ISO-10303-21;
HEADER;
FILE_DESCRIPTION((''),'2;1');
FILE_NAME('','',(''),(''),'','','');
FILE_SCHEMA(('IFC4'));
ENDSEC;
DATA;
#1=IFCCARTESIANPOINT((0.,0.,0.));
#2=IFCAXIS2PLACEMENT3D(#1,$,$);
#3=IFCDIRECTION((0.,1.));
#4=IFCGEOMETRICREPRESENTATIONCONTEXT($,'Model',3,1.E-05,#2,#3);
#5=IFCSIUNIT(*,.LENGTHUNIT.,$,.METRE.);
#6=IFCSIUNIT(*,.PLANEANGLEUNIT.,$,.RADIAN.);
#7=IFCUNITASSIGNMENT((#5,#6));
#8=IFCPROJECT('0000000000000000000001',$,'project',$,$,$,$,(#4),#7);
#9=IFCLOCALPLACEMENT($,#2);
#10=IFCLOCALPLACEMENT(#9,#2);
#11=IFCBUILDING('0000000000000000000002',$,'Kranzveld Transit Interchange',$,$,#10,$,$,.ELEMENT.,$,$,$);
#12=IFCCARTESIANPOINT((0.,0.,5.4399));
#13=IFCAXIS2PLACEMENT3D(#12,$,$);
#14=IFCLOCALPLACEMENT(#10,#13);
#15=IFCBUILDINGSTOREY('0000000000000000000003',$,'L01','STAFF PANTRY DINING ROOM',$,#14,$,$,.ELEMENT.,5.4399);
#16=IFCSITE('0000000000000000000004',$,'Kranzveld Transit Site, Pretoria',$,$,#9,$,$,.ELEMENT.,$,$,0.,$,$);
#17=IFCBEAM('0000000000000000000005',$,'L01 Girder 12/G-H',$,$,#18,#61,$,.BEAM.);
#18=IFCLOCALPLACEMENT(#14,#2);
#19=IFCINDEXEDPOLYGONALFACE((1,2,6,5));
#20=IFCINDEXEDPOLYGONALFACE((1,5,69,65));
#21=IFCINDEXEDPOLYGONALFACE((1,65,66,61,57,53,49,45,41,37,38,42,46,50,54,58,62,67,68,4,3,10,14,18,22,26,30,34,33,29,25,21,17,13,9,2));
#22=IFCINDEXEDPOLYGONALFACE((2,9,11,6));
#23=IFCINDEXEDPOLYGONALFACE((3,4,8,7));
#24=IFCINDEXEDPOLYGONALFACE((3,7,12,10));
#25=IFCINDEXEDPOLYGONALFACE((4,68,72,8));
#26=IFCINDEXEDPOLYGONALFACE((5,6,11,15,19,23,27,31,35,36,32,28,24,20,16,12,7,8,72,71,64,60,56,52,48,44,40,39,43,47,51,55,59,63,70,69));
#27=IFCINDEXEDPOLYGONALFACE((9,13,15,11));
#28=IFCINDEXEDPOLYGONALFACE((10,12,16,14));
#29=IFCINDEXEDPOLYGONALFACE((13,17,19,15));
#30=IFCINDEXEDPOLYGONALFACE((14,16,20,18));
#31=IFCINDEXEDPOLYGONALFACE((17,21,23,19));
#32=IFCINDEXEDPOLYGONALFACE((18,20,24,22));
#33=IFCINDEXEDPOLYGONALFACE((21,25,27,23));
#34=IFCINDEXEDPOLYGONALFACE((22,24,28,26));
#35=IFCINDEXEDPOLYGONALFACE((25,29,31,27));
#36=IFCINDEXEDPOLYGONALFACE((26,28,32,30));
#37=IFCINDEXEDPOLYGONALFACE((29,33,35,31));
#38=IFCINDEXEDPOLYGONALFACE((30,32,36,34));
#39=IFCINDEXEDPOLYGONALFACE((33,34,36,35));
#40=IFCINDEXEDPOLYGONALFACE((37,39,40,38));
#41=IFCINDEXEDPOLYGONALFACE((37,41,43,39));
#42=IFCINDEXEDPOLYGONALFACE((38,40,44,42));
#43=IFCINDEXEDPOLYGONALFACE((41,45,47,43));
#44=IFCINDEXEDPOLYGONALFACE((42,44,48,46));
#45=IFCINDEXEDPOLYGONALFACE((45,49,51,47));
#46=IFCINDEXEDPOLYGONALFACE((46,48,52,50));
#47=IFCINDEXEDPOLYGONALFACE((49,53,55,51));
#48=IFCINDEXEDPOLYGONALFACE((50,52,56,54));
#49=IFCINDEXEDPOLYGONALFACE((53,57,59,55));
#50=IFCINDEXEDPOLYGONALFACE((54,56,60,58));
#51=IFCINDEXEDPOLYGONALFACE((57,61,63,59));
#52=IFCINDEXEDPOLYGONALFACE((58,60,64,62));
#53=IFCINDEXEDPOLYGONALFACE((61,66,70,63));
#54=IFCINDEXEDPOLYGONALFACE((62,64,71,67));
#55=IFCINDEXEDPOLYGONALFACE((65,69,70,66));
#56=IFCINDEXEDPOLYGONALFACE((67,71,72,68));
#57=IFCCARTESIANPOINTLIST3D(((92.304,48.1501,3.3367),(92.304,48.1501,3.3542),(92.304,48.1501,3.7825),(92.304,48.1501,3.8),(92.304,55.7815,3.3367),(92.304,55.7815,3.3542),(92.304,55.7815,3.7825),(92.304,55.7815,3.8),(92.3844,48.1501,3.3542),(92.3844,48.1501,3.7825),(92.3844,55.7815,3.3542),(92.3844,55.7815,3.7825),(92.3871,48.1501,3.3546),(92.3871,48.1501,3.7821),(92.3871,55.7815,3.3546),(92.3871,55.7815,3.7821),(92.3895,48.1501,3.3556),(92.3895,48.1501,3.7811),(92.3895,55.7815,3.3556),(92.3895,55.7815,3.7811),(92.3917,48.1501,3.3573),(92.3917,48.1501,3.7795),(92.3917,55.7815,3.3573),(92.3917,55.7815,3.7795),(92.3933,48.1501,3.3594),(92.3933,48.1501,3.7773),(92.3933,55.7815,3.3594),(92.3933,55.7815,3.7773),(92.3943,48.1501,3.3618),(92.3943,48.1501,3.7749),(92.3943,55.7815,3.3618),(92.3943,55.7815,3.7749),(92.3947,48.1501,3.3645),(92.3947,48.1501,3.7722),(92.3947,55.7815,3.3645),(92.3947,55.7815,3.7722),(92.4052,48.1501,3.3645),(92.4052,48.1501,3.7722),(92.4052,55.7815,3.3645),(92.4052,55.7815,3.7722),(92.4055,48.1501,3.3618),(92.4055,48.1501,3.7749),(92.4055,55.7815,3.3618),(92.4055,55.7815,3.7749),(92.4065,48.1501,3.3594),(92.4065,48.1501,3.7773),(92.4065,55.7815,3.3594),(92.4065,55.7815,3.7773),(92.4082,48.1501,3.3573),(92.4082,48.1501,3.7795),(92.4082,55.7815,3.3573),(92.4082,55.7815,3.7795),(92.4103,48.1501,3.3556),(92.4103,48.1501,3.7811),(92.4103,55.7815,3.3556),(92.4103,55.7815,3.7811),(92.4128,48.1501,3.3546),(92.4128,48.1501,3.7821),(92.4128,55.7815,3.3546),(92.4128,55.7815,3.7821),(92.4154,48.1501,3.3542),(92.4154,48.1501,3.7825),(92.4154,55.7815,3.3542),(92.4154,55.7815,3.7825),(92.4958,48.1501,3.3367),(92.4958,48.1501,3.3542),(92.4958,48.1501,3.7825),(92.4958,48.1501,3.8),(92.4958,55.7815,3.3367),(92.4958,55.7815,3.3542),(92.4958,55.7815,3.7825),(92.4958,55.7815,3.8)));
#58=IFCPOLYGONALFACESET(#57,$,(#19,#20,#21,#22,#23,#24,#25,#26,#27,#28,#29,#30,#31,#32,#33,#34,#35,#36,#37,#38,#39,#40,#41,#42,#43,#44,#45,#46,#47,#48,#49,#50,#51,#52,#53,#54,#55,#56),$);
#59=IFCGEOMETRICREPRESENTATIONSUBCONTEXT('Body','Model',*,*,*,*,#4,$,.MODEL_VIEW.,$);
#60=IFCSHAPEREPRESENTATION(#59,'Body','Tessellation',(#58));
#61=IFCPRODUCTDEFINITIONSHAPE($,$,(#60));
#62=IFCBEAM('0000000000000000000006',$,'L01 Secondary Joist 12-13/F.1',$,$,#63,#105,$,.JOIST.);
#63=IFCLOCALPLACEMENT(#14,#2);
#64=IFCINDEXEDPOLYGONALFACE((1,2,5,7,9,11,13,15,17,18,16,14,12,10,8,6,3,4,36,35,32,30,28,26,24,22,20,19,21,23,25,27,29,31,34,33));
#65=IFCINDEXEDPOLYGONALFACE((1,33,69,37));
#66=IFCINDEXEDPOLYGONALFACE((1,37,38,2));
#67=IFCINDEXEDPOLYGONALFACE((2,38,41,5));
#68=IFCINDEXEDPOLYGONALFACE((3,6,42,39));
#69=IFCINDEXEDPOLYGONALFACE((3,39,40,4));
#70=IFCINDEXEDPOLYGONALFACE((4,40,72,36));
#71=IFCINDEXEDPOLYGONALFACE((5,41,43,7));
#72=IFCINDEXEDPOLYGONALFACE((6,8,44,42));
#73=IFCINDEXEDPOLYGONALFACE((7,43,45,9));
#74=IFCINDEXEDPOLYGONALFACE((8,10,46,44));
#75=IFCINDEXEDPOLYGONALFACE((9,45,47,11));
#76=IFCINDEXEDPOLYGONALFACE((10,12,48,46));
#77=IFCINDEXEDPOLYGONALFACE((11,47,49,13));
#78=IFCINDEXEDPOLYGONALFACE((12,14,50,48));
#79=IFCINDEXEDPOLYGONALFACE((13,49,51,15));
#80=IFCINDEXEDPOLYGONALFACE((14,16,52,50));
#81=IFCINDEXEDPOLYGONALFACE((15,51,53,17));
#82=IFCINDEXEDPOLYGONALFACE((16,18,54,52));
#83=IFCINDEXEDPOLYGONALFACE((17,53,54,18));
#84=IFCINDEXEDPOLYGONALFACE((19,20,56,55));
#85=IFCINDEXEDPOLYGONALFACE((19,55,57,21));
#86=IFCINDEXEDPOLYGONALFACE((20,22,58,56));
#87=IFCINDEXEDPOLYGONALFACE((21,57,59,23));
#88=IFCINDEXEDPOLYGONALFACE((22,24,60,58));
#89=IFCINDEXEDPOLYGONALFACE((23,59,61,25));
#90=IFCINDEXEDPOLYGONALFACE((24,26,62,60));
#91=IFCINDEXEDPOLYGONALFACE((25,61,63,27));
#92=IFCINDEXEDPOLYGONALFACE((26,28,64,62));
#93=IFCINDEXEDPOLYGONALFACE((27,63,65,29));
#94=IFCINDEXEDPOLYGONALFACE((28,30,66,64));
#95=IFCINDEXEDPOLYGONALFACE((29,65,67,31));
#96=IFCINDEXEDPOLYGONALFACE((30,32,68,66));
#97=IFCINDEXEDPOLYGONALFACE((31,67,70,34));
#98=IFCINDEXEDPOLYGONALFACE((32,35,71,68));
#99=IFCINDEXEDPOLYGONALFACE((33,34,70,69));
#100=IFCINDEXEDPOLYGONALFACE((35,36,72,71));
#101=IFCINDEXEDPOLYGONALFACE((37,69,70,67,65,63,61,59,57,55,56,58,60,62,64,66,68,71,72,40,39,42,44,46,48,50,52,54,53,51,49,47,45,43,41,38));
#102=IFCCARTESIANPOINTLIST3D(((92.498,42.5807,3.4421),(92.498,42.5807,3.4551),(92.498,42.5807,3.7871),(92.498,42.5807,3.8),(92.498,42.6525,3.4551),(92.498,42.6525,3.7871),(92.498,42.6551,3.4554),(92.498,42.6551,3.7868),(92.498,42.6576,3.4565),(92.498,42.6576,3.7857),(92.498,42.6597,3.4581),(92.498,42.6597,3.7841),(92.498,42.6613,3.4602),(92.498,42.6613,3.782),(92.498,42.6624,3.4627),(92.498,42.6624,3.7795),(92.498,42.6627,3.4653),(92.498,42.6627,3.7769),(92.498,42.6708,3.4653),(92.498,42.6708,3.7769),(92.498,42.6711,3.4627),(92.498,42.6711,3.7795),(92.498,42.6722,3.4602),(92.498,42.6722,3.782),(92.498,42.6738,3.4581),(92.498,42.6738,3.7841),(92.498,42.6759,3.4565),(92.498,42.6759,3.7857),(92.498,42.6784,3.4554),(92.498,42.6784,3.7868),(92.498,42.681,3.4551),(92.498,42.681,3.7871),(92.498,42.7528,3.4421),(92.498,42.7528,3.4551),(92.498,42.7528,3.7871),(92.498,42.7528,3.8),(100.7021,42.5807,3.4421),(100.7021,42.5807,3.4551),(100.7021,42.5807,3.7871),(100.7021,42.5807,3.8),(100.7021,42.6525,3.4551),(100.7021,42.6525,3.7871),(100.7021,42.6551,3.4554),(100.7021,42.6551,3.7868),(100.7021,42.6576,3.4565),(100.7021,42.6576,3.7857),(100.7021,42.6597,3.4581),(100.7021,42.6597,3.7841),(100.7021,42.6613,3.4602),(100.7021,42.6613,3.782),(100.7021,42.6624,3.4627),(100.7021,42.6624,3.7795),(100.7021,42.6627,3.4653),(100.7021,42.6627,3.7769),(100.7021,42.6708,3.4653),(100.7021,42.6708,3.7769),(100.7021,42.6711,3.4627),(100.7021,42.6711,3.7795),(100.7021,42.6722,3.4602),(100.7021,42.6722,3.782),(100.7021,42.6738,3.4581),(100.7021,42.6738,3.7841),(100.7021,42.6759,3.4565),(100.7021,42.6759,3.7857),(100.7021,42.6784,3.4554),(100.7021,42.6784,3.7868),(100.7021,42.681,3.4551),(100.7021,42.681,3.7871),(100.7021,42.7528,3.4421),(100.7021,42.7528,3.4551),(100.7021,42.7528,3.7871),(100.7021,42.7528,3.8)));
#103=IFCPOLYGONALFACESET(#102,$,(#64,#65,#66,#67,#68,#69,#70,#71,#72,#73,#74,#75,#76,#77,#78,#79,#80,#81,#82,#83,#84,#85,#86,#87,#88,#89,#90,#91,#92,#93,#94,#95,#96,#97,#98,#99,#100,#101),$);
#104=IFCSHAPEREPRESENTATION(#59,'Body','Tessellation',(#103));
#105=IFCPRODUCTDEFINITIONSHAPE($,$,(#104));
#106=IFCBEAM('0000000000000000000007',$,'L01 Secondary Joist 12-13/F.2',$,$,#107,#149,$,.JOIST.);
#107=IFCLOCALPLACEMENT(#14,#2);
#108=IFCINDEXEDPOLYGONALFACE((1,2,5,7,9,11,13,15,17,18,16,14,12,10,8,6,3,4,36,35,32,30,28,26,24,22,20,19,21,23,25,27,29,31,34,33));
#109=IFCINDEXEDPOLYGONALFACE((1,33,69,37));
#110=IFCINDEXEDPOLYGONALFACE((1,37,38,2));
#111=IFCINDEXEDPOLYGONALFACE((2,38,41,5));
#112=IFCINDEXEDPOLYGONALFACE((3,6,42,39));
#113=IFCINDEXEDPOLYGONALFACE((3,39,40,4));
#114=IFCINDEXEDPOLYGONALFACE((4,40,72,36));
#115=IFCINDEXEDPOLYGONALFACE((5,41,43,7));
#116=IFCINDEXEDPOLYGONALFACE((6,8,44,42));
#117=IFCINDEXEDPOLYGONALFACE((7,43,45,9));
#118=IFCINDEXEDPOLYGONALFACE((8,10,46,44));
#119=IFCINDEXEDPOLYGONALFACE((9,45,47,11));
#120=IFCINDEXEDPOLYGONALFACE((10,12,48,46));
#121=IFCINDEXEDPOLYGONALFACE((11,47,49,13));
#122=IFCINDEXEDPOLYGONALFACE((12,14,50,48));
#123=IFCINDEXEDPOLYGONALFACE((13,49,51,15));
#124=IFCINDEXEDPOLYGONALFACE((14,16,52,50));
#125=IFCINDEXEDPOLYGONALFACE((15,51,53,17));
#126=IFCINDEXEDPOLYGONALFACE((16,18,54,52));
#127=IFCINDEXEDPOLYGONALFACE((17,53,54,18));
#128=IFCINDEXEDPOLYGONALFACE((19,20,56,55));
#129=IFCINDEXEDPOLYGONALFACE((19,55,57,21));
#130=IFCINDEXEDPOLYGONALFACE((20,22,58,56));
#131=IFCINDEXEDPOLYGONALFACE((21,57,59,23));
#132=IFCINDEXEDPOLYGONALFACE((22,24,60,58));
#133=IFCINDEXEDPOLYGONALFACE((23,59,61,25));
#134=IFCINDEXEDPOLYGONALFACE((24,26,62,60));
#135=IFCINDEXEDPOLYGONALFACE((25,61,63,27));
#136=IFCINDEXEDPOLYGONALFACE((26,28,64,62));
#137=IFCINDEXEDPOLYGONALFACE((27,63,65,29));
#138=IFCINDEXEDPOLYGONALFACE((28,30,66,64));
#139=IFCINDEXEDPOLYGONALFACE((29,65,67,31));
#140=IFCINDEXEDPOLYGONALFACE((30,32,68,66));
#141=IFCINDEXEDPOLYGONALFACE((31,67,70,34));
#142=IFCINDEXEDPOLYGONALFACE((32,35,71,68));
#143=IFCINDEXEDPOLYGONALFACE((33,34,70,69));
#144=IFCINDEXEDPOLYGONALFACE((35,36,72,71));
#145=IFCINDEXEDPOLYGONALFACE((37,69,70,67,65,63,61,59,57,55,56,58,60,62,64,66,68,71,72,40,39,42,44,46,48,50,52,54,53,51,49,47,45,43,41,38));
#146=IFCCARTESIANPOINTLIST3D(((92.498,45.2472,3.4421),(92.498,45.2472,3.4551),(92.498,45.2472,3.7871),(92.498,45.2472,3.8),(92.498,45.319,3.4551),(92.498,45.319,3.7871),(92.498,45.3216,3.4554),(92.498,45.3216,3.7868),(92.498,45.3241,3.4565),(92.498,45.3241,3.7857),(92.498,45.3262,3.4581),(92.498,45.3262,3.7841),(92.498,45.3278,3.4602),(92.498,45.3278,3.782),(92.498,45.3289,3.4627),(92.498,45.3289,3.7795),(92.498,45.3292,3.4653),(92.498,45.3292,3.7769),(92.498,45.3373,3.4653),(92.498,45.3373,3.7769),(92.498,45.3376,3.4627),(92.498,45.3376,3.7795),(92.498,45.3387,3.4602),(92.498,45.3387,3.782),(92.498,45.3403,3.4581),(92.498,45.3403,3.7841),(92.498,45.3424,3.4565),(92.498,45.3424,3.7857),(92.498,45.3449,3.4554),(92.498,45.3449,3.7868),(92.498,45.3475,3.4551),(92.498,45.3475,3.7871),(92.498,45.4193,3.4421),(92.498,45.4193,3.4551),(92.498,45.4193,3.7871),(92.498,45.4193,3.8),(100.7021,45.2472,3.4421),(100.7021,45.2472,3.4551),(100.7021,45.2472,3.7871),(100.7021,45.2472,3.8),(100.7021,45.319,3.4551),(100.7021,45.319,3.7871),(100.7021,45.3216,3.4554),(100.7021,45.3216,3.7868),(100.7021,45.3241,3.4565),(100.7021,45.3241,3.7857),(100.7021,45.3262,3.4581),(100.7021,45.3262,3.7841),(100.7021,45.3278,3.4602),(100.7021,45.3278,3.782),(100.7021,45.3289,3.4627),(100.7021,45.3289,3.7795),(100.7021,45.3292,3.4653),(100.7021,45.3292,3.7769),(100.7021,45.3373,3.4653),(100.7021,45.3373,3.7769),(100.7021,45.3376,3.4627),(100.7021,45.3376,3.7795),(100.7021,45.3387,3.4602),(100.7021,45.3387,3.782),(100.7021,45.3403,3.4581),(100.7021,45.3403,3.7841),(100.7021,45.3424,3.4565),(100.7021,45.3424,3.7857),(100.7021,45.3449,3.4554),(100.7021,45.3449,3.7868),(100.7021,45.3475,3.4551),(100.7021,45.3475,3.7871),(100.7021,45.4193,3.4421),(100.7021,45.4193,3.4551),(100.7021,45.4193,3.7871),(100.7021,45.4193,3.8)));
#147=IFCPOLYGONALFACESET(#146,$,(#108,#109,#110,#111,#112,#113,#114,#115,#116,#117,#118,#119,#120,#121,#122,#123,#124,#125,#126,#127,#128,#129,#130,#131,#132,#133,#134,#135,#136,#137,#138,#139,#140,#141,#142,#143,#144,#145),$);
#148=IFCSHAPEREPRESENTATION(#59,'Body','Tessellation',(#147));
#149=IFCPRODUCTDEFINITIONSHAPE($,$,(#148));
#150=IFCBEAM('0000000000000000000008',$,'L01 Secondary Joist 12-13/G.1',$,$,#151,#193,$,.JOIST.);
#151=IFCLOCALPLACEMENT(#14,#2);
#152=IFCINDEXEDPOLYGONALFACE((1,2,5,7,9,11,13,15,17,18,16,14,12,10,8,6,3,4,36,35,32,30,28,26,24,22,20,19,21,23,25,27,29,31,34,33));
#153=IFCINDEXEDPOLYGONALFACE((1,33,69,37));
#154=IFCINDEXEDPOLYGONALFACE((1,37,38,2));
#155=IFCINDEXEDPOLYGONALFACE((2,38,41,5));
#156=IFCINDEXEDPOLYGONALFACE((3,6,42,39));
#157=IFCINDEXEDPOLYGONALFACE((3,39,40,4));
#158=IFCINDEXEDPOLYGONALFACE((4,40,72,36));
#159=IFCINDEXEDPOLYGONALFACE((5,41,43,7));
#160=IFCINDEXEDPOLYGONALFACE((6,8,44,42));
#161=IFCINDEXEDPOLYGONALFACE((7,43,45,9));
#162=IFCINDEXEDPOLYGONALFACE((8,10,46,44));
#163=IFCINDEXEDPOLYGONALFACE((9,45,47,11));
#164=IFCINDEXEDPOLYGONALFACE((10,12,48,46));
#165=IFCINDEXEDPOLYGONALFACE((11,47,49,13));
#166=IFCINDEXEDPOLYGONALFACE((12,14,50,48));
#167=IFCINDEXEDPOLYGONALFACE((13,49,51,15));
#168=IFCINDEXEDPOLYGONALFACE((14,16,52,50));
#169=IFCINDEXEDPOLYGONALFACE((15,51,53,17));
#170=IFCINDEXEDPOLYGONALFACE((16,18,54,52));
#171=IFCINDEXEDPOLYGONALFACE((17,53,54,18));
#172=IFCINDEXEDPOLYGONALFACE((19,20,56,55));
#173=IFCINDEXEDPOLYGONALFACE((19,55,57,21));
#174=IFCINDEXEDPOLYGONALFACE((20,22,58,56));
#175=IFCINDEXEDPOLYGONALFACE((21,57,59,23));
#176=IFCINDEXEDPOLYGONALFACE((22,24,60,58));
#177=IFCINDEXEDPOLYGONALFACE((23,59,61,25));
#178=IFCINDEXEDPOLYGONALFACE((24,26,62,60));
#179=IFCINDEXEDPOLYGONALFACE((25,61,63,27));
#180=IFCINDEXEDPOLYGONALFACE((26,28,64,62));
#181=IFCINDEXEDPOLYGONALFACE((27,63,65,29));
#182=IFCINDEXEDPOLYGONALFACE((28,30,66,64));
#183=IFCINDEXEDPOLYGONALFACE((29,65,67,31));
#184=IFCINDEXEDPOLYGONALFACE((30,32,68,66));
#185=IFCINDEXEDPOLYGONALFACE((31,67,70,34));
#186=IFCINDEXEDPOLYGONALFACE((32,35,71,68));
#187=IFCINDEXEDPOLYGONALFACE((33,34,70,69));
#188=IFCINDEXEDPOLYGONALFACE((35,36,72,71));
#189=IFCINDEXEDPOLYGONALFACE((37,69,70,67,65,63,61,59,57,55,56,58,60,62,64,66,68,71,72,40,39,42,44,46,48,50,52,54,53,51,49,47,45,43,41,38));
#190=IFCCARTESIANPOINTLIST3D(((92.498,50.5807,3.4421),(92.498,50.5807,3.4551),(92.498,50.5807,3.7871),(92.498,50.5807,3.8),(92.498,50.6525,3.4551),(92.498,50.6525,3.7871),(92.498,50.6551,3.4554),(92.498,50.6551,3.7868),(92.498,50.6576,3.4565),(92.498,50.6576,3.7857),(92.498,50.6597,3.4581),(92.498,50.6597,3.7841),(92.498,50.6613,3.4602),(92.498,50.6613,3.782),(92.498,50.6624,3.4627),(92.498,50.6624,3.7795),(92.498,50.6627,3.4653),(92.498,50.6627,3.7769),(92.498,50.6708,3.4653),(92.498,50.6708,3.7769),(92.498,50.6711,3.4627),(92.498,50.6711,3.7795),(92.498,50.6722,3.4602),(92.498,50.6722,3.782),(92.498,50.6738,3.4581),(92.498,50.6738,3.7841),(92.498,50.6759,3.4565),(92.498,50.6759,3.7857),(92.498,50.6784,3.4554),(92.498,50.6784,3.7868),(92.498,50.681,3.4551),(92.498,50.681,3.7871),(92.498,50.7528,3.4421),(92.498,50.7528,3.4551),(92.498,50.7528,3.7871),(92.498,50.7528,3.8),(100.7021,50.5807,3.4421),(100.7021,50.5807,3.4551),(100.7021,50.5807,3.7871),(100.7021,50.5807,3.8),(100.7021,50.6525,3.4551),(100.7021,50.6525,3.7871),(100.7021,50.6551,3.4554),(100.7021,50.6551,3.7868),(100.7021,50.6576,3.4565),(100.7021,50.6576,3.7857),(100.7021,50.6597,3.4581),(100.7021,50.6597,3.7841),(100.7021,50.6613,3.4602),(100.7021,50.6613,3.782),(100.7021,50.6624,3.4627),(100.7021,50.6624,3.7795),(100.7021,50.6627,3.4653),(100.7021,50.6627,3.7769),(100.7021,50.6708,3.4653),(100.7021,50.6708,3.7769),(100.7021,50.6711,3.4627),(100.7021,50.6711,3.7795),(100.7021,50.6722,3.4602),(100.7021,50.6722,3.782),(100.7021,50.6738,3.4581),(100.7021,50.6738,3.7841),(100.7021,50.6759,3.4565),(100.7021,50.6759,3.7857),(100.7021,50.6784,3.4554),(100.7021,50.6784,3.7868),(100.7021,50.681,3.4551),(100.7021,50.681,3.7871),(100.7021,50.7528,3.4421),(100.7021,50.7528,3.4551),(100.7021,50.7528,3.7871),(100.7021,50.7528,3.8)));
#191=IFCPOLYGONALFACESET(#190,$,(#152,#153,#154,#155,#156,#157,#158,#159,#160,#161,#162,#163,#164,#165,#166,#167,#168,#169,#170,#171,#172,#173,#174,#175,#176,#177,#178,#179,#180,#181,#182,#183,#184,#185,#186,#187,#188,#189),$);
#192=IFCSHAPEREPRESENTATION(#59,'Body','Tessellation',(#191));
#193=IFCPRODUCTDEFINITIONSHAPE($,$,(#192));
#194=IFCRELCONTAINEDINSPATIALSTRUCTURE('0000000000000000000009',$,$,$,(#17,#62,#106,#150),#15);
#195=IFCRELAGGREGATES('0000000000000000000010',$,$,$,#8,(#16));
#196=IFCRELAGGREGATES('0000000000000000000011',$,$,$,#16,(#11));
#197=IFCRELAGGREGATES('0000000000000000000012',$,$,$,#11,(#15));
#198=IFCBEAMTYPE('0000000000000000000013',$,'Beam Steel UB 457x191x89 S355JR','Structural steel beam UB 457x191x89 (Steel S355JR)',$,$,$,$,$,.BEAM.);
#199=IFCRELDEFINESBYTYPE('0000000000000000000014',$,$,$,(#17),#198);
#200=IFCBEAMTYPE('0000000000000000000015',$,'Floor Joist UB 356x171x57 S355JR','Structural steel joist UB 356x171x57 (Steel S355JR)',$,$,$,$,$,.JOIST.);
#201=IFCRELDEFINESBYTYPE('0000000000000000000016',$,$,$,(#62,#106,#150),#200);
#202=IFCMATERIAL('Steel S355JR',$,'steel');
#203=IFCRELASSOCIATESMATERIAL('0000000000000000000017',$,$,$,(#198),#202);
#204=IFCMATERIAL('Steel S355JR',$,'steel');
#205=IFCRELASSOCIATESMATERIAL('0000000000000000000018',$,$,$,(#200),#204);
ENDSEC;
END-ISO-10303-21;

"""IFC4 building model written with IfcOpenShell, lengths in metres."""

from ifc_helpers import new_model, si_unit, direction, frame, origin, origin_2d, place, context, subcontext, project, spatial, i_section, extrude, material, material_profile, profile_set, type_object, element, save


model = new_model("IFC4")

# Units and contexts
model_context = context("Model", 3, precision=1e-05, world=origin(), true_north=direction((0.0, 1.0)))
body_context = subcontext(model_context, "Body", "Model", "MODEL_VIEW")
ifc_project = project(units=[si_unit("LENGTHUNIT", "METRE"), si_unit("PLANEANGLEUNIT", "RADIAN")], contexts=[model_context])

# Site, building, storey
site_placement = place(None, origin())
site = spatial("IfcSite", under=ifc_project, at=site_placement, Name="Kranzveld Transit Site, Pretoria", CompositionType="ELEMENT", RefElevation=0.0)
building_placement = place(site_placement, origin())
building = spatial("IfcBuilding", under=site, at=building_placement, Name="Kranzveld Transit Interchange", CompositionType="ELEMENT")
storey_placement = place(building_placement, frame((0.0, 0.0, 5.4399)))
storey = spatial("IfcBuildingStorey", under=building, at=storey_placement, Name="L01", Description="STAFF PANTRY DINING ROOM", CompositionType="ELEMENT", Elevation=5.4399)

# Beams
ifc_material_1 = material(Name="Steel S355JR", Category="steel")
ifc_material_profile_1 = material_profile(ifc_material_1, i_section(OverallWidth=0.1919, OverallDepth=0.4634, WebThickness=0.0105, FlangeThickness=0.0176, FilletRadius=0.0103, at=origin_2d()), Name="UB 457x191x89")
ifc_profile_set_1 = profile_set([ifc_material_profile_1], Name="Steel S355JR")
beam_type_1 = type_object("IfcBeamType", Name="Beam Steel UB 457x191x89 S355JR", Description="Structural steel beam UB 457x191x89 (Steel S355JR)", PredefinedType="BEAM", material=ifc_profile_set_1)
beam_1_placement = place(storey_placement, frame((92.3999, 48.1501, 3.5684), z_axis=(0.0, 1.0, 0.0), x_axis=(-1.0, 0.0, 0.0)))
element("IfcBeam", 1, at=beam_1_placement, inside=storey, type_object=beam_type_1, Name="L01 Girder 12/G-H", PredefinedType="BEAM", context=body_context, shape_type="SweptSolid", body=[
    extrude(i_section(OverallWidth=0.1919, OverallDepth=0.4634, WebThickness=0.0105, FlangeThickness=0.0176, FilletRadius=0.0103, at=origin_2d()), origin(), (0.0, 0.0, 1.0), 7.6313),
])
ifc_material_2 = material(Name="Steel S355JR", Category="steel")
ifc_material_profile_2 = material_profile(ifc_material_2, i_section(OverallWidth=0.1721, OverallDepth=0.3579, WebThickness=0.0081, FlangeThickness=0.0129, FilletRadius=0.0103, at=origin_2d()), Name="UB 356x171x57")
ifc_profile_set_2 = profile_set([ifc_material_profile_2], Name="Steel S355JR")
beam_type_2 = type_object("IfcBeamType", Name="Floor Joist UB 356x171x57 S355JR", Description="Structural steel joist UB 356x171x57 (Steel S355JR)", PredefinedType="JOIST", material=ifc_profile_set_2)
for number, where, z_axis, x_axis, name in (
    (2, (92.498, 42.6667, 3.6211), (1.0, 0.0, 0.0), (0.0, 1.0, 0.0), "L01 Secondary Joist 12-13/F.1"),
    (3, (92.498, 45.3333, 3.6211), (1.0, 0.0, 0.0), (0.0, 1.0, 0.0), "L01 Secondary Joist 12-13/F.2"),
    (4, (92.498, 50.6667, 3.6211), (1.0, 0.0, 0.0), (0.0, 1.0, 0.0), "L01 Secondary Joist 12-13/G.1"),
):
    element("IfcBeam", number, at=place(storey_placement, frame(where, z_axis=z_axis, x_axis=x_axis)), inside=storey, type_object=beam_type_2, Name=name, PredefinedType="JOIST", context=body_context, shape_type="SweptSolid", body=[
        extrude(i_section(OverallWidth=0.1721, OverallDepth=0.3579, WebThickness=0.0081, FlangeThickness=0.0129, FilletRadius=0.0103, at=origin_2d()), origin(), (0.0, 0.0, 1.0), 8.2041),
    ])

save(model, "model.ifc")
